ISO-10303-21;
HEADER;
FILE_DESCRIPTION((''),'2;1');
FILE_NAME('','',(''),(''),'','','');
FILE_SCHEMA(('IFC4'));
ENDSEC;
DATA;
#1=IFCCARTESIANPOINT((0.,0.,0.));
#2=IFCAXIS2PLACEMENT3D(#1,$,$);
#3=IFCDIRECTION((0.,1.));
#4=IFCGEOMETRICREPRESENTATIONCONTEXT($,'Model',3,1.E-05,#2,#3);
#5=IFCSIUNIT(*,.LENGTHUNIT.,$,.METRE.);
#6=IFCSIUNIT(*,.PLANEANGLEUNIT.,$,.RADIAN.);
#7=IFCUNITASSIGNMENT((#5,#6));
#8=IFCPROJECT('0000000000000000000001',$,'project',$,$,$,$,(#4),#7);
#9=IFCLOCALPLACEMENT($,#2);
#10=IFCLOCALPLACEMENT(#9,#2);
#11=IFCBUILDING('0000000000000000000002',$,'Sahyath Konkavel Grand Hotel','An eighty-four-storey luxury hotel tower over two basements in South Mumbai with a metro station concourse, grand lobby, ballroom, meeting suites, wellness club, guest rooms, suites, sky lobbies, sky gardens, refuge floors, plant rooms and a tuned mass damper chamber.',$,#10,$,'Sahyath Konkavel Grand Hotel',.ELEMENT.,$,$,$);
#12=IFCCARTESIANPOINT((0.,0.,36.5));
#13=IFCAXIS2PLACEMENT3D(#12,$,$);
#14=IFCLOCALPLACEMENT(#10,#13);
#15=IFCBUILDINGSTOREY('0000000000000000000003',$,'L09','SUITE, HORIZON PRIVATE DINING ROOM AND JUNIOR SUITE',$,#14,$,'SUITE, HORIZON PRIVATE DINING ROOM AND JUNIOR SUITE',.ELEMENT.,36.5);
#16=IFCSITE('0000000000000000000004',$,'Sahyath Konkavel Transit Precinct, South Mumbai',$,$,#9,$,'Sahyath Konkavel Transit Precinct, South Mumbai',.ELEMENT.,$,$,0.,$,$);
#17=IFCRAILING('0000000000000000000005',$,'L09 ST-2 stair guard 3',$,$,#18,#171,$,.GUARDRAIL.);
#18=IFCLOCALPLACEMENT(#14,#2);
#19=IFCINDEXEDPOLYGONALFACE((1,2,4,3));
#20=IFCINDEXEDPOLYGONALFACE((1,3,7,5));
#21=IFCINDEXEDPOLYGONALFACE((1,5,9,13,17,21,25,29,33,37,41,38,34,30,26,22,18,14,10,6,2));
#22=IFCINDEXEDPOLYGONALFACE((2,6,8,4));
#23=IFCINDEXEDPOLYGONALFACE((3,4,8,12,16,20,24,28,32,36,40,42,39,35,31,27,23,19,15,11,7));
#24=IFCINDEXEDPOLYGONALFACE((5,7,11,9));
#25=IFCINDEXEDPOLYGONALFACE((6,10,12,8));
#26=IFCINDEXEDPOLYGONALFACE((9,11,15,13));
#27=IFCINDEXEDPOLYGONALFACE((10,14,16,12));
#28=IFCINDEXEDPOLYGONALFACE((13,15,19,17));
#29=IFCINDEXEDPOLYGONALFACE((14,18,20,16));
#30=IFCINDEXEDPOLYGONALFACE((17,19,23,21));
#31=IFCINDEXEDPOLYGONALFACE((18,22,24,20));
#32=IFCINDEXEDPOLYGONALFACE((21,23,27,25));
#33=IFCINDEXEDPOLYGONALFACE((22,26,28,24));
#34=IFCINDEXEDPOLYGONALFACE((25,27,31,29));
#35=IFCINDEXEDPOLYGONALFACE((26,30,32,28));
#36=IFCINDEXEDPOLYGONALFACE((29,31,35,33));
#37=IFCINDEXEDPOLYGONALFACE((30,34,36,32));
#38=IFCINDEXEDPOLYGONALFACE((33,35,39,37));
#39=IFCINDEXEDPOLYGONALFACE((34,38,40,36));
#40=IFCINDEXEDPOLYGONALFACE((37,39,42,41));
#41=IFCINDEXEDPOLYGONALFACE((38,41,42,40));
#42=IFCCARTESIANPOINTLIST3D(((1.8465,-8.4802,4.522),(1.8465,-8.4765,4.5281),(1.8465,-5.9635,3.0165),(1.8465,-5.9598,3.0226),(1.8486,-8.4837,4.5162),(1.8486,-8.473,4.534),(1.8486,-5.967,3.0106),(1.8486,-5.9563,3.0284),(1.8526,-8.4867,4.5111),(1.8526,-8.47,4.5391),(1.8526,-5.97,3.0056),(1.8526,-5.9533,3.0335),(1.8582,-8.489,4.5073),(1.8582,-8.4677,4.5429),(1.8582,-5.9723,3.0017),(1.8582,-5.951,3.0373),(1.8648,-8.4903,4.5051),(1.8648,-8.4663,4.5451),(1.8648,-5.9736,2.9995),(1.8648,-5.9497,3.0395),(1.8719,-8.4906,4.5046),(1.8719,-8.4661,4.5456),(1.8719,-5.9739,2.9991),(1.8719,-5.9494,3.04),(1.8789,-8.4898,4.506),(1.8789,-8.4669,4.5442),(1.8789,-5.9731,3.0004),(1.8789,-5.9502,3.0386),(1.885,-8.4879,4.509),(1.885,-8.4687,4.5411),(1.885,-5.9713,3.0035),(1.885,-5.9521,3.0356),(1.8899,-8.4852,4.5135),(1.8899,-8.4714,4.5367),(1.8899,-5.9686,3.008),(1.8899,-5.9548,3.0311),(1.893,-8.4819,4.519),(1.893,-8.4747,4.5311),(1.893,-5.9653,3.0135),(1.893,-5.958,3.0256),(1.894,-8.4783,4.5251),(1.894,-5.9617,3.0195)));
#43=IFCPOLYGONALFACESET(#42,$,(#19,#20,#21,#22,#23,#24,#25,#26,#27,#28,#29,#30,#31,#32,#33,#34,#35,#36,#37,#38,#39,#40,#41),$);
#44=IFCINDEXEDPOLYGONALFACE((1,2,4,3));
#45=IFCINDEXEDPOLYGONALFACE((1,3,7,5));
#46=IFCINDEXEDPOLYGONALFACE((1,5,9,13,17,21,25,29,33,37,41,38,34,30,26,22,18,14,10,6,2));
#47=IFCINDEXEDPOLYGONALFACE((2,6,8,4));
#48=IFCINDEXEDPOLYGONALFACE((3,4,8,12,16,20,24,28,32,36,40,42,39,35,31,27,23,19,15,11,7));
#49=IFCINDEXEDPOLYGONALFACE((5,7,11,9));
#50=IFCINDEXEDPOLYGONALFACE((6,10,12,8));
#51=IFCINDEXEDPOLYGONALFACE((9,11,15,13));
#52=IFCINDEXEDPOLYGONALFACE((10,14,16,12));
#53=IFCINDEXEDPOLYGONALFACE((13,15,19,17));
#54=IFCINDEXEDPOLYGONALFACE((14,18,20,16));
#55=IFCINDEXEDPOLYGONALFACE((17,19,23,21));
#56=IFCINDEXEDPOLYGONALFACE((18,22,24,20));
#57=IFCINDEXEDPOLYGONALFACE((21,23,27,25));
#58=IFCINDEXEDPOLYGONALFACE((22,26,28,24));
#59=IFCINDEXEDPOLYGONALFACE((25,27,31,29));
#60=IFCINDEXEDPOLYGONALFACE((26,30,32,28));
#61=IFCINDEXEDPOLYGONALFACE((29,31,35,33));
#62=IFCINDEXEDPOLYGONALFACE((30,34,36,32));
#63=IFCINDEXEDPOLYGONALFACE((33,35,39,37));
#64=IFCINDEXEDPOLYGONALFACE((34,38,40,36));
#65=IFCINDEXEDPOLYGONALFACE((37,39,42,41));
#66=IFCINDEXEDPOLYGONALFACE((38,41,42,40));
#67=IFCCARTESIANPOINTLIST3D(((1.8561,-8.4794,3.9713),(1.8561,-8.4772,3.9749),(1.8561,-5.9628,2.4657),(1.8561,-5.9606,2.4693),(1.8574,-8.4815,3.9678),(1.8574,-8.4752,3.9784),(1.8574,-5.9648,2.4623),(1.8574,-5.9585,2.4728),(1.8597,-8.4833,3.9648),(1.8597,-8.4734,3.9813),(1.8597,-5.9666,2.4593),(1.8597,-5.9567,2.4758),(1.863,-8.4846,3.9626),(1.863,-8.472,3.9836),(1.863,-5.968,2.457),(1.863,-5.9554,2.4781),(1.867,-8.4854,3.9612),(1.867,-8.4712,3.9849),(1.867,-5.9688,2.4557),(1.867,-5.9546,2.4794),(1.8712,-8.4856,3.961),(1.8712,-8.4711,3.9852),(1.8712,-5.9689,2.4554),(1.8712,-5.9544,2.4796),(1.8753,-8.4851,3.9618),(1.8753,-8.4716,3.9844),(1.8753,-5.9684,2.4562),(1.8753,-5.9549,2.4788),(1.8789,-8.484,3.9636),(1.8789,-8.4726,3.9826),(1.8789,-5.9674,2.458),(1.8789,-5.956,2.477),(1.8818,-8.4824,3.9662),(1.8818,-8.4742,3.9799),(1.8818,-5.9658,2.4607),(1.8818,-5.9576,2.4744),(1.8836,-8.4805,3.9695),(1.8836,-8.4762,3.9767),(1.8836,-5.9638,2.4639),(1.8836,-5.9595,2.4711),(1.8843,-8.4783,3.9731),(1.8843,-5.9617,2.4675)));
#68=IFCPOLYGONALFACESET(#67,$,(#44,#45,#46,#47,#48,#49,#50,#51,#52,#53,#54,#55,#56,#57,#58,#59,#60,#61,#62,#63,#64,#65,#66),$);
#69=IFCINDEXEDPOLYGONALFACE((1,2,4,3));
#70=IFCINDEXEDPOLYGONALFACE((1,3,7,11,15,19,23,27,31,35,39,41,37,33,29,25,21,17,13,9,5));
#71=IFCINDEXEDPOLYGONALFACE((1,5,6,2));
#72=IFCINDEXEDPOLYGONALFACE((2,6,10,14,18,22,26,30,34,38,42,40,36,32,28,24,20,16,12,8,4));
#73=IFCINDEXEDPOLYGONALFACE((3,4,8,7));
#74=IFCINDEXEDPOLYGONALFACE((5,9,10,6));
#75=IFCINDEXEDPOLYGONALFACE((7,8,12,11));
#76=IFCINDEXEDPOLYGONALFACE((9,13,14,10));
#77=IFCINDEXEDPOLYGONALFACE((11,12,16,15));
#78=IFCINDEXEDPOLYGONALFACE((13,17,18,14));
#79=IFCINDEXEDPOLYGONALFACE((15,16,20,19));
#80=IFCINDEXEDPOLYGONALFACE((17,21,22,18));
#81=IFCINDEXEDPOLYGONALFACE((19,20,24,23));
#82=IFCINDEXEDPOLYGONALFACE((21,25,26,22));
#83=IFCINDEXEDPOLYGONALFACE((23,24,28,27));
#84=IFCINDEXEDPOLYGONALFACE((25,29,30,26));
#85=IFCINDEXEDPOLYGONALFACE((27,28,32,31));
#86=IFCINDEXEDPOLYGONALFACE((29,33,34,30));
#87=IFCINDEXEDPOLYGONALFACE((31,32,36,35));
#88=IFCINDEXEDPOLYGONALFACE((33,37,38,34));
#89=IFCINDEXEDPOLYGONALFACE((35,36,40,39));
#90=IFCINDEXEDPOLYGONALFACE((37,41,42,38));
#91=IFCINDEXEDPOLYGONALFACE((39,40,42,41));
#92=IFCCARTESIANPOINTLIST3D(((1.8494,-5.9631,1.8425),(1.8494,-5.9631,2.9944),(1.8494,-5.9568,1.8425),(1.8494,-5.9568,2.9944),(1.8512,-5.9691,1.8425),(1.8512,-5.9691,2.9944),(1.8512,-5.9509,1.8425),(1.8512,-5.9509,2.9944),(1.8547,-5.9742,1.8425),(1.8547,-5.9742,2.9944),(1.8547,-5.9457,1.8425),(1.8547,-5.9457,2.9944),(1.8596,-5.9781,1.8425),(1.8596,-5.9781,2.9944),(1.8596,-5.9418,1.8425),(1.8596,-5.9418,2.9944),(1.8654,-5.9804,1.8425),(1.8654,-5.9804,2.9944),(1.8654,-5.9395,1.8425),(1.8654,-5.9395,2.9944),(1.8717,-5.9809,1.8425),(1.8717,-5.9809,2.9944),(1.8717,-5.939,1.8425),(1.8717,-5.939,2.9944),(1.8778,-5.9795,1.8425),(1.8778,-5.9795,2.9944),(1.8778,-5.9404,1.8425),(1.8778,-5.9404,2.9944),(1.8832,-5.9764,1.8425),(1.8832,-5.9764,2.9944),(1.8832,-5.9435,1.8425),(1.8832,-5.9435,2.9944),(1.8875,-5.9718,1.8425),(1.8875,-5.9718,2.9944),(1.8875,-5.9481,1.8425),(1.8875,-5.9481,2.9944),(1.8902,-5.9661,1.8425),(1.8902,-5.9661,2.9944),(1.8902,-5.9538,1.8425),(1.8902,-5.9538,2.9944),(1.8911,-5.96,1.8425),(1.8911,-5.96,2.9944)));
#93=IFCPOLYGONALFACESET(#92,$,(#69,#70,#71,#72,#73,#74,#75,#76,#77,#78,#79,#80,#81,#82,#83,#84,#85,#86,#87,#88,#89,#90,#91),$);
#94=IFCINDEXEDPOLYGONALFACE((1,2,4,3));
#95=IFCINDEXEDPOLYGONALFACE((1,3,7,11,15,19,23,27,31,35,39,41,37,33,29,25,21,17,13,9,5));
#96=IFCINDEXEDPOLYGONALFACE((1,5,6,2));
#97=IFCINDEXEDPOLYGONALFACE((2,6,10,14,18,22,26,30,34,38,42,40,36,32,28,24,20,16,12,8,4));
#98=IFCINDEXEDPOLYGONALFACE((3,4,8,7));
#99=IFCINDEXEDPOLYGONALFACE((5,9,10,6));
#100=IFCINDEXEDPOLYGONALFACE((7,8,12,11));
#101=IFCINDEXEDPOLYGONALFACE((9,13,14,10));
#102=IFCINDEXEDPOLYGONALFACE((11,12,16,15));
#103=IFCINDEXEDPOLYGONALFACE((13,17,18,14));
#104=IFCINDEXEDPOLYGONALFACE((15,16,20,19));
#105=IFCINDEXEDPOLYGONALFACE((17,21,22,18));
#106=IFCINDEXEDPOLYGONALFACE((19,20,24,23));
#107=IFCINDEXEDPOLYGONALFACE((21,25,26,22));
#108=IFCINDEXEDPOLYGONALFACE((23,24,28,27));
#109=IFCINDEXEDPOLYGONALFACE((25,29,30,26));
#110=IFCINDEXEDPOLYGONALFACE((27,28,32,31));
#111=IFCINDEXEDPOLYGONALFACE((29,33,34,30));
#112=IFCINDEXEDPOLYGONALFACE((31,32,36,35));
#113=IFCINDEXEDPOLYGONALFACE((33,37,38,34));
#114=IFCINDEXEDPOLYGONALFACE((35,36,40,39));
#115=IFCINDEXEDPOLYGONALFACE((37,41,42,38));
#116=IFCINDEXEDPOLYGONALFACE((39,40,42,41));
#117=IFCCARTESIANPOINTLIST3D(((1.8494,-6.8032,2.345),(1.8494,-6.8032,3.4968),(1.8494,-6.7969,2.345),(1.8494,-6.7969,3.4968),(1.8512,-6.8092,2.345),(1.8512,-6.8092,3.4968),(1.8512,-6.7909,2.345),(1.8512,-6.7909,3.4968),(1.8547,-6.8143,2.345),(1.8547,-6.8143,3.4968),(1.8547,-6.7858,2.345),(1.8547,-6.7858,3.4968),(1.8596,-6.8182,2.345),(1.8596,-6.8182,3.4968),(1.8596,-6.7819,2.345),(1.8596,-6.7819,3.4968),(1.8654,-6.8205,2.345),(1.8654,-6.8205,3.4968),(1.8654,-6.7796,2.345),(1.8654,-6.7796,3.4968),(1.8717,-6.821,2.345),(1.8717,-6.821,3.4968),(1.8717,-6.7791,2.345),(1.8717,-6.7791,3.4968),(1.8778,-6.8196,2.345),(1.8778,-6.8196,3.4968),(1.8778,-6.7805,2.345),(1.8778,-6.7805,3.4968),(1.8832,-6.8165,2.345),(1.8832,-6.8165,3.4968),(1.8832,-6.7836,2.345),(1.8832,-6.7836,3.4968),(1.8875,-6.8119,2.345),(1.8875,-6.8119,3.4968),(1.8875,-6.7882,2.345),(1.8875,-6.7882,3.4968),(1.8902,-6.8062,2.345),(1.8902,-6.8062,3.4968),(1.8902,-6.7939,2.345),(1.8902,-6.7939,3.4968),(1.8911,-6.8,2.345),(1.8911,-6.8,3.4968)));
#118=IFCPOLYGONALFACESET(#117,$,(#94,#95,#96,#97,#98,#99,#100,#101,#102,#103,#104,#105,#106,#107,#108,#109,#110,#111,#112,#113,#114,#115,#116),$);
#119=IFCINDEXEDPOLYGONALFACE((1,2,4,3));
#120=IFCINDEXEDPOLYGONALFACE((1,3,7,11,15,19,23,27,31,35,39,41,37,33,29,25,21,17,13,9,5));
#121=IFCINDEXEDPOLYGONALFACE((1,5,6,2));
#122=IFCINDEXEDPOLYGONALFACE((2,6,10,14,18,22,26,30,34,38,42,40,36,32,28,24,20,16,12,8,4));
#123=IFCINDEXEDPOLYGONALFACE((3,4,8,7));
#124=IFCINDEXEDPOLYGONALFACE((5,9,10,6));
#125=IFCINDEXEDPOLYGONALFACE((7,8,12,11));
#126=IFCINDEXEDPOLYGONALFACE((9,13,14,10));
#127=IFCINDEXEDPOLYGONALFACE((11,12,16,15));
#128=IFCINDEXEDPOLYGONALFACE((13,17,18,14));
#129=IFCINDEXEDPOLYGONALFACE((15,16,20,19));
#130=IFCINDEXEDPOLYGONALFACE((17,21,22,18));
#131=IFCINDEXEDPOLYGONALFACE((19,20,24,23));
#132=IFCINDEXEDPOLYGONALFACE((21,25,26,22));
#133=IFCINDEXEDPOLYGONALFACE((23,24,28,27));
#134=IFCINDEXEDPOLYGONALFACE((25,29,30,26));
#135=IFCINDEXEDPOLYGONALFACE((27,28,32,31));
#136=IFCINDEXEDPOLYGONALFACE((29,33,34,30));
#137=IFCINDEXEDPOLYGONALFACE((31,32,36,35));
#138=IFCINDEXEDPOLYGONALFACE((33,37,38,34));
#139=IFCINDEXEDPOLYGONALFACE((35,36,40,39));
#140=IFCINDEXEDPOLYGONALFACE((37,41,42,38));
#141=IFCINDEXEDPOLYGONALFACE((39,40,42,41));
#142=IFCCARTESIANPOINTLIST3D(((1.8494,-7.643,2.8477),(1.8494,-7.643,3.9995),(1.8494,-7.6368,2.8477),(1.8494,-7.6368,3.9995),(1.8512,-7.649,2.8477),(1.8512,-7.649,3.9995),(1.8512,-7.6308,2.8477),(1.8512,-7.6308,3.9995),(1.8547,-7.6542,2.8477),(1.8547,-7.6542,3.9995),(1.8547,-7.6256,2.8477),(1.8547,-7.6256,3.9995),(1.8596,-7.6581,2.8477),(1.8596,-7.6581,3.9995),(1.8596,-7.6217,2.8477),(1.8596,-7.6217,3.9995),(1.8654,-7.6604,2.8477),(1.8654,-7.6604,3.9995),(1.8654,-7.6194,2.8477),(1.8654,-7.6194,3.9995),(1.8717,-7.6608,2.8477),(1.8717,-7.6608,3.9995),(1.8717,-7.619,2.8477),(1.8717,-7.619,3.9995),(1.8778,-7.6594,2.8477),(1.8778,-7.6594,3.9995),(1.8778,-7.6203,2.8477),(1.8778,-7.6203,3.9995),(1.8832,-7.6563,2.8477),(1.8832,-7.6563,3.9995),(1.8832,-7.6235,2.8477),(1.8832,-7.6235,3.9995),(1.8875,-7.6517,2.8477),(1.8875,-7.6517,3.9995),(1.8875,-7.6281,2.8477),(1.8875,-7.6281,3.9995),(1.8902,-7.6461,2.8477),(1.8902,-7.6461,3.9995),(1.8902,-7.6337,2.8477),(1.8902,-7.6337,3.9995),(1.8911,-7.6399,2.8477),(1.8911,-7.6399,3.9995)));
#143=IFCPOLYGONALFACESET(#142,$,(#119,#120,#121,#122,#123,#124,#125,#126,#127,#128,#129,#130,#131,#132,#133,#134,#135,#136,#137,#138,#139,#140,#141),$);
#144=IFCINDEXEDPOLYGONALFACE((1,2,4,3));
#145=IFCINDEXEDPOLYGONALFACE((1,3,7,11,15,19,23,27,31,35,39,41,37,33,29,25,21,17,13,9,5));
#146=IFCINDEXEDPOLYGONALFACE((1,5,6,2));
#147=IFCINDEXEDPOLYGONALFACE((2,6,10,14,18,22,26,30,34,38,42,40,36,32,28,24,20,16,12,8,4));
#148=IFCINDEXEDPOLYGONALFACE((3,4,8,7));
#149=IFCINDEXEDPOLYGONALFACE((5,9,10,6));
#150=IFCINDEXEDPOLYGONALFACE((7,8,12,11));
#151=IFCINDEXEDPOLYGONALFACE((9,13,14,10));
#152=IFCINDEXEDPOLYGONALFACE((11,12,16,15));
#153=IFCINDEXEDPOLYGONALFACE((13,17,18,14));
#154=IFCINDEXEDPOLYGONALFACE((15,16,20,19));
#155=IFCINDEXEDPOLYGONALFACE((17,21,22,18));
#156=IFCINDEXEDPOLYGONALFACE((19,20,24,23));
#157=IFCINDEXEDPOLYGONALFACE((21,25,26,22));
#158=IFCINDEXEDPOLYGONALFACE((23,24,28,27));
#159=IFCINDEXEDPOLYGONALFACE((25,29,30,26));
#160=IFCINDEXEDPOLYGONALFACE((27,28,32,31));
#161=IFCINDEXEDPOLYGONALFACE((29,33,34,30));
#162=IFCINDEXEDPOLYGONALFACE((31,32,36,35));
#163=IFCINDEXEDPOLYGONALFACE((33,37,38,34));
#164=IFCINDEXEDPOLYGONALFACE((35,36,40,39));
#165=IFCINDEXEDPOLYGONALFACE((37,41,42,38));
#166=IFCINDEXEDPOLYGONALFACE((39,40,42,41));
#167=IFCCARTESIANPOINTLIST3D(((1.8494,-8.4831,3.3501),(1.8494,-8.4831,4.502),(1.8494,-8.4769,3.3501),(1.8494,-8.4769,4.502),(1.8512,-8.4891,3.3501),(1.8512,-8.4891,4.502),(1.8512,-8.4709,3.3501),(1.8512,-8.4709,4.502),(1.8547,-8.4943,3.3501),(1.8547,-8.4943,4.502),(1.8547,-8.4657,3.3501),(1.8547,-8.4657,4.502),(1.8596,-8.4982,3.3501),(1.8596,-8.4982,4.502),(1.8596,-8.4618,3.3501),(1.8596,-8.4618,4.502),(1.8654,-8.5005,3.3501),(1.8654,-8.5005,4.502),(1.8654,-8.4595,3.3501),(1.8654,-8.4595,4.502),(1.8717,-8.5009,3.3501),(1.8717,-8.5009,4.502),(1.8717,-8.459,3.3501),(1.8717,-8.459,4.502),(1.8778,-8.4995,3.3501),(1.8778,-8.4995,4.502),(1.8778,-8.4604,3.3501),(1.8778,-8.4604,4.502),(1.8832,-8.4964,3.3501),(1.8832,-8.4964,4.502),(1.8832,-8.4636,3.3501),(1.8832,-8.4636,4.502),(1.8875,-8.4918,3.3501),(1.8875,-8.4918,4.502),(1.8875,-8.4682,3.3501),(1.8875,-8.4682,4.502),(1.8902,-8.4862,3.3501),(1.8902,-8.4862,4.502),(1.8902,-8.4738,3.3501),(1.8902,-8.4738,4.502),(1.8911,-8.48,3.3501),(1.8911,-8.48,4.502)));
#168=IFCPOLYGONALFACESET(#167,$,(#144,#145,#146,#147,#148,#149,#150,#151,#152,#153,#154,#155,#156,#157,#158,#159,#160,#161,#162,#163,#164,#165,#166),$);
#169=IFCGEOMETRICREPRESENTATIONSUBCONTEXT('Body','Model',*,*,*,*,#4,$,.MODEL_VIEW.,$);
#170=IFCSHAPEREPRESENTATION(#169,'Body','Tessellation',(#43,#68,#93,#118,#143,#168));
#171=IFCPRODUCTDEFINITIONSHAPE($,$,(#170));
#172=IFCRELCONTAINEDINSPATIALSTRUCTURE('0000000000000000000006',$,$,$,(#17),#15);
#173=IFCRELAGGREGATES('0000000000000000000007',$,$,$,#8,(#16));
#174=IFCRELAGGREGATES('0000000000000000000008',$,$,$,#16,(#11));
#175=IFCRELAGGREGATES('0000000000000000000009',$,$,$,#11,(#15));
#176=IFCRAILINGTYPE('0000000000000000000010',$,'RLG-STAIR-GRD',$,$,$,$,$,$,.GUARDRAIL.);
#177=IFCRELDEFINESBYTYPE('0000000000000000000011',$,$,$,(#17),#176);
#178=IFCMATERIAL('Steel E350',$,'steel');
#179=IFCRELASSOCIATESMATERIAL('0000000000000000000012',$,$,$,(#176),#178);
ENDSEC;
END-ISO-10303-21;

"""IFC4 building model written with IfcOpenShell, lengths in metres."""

from ifc_helpers import new_model, si_unit, direction, frame, origin, origin_2d, place, context, subcontext, project, spatial, circle, extrude, material, type_object, element, save


model = new_model("IFC4")

# Units and contexts
model_context = context("Model", 3, precision=1e-05, world=origin(), true_north=direction((0.0, 1.0)))
body_context = subcontext(model_context, "Body", "Model", "MODEL_VIEW")
ifc_project = project(units=[si_unit("LENGTHUNIT", "METRE"), si_unit("PLANEANGLEUNIT", "RADIAN")], contexts=[model_context])

# Site, building, storey
site_placement = place(None, origin())
site = spatial("IfcSite", under=ifc_project, at=site_placement, Name="Sahyath Konkavel Transit Precinct, South Mumbai", LongName="Sahyath Konkavel Transit Precinct, South Mumbai", CompositionType="ELEMENT", RefElevation=0.0)
building_placement = place(site_placement, origin())
building = spatial("IfcBuilding", under=site, at=building_placement, Name="Sahyath Konkavel Grand Hotel", Description="An eighty-four-storey luxury hotel tower over two basements in South Mumbai with a metro station concourse, grand lobby, ballroom, meeting suites, wellness club, guest rooms, suites, sky lobbies, sky gardens, refuge floors, plant rooms and a tuned mass damper chamber.", LongName="Sahyath Konkavel Grand Hotel", CompositionType="ELEMENT")
storey_placement = place(building_placement, frame((0.0, 0.0, 36.5)))
storey = spatial("IfcBuildingStorey", under=building, at=storey_placement, Name="L09", Description="SUITE, HORIZON PRIVATE DINING ROOM AND JUNIOR SUITE", LongName="SUITE, HORIZON PRIVATE DINING ROOM AND JUNIOR SUITE", CompositionType="ELEMENT", Elevation=36.5)

# Shared definitions
ifc_material_1 = material(Name="Steel E350", Category="steel")

# Railing
railing_type_1 = type_object("IfcRailingType", Name="RLG-STAIR-GRD", PredefinedType="GUARDRAIL", material=ifc_material_1)
railing_1_placement = place(storey_placement, frame((1.8701, -5.96, 1.8425)))
element("IfcRailing", 1, at=railing_1_placement, inside=storey, type_object=railing_type_1, Name="L09 ST-2 stair guard 3", PredefinedType="GUARDRAIL", context=body_context, shape_type="SweptSolid", body=[
    extrude(circle(Radius=0.0239, at=origin_2d()), frame((0.0, -0.0017, 1.177), z_axis=(0.0, -0.85816, 0.513383), x_axis=(1.0, 0.0, 0.0)), (0.0, 0.0, 1.0), 2.9326),
    extrude(circle(Radius=0.0142, at=origin_2d()), frame((0.0, -0.0017, 0.625), z_axis=(0.0, -0.85816, 0.513383), x_axis=(1.0, 0.0, 0.0)), (0.0, 0.0, 1.0), 2.9326),
    extrude(circle(Radius=0.021, at=origin_2d()), origin(), (0.0, 0.0, 1.0), 1.1519),
    extrude(circle(Radius=0.021, at=origin_2d()), frame((0.0, -0.8401, 0.5024)), (0.0, 0.0, 1.0), 1.1519),
    extrude(circle(Radius=0.021, at=origin_2d()), frame((0.0, -1.6799, 1.0051)), (0.0, 0.0, 1.0), 1.1519),
    extrude(circle(Radius=0.021, at=origin_2d()), frame((0.0, -2.52, 1.5076)), (0.0, 0.0, 1.0), 1.1519),
])

save(model, "model.ifc")
